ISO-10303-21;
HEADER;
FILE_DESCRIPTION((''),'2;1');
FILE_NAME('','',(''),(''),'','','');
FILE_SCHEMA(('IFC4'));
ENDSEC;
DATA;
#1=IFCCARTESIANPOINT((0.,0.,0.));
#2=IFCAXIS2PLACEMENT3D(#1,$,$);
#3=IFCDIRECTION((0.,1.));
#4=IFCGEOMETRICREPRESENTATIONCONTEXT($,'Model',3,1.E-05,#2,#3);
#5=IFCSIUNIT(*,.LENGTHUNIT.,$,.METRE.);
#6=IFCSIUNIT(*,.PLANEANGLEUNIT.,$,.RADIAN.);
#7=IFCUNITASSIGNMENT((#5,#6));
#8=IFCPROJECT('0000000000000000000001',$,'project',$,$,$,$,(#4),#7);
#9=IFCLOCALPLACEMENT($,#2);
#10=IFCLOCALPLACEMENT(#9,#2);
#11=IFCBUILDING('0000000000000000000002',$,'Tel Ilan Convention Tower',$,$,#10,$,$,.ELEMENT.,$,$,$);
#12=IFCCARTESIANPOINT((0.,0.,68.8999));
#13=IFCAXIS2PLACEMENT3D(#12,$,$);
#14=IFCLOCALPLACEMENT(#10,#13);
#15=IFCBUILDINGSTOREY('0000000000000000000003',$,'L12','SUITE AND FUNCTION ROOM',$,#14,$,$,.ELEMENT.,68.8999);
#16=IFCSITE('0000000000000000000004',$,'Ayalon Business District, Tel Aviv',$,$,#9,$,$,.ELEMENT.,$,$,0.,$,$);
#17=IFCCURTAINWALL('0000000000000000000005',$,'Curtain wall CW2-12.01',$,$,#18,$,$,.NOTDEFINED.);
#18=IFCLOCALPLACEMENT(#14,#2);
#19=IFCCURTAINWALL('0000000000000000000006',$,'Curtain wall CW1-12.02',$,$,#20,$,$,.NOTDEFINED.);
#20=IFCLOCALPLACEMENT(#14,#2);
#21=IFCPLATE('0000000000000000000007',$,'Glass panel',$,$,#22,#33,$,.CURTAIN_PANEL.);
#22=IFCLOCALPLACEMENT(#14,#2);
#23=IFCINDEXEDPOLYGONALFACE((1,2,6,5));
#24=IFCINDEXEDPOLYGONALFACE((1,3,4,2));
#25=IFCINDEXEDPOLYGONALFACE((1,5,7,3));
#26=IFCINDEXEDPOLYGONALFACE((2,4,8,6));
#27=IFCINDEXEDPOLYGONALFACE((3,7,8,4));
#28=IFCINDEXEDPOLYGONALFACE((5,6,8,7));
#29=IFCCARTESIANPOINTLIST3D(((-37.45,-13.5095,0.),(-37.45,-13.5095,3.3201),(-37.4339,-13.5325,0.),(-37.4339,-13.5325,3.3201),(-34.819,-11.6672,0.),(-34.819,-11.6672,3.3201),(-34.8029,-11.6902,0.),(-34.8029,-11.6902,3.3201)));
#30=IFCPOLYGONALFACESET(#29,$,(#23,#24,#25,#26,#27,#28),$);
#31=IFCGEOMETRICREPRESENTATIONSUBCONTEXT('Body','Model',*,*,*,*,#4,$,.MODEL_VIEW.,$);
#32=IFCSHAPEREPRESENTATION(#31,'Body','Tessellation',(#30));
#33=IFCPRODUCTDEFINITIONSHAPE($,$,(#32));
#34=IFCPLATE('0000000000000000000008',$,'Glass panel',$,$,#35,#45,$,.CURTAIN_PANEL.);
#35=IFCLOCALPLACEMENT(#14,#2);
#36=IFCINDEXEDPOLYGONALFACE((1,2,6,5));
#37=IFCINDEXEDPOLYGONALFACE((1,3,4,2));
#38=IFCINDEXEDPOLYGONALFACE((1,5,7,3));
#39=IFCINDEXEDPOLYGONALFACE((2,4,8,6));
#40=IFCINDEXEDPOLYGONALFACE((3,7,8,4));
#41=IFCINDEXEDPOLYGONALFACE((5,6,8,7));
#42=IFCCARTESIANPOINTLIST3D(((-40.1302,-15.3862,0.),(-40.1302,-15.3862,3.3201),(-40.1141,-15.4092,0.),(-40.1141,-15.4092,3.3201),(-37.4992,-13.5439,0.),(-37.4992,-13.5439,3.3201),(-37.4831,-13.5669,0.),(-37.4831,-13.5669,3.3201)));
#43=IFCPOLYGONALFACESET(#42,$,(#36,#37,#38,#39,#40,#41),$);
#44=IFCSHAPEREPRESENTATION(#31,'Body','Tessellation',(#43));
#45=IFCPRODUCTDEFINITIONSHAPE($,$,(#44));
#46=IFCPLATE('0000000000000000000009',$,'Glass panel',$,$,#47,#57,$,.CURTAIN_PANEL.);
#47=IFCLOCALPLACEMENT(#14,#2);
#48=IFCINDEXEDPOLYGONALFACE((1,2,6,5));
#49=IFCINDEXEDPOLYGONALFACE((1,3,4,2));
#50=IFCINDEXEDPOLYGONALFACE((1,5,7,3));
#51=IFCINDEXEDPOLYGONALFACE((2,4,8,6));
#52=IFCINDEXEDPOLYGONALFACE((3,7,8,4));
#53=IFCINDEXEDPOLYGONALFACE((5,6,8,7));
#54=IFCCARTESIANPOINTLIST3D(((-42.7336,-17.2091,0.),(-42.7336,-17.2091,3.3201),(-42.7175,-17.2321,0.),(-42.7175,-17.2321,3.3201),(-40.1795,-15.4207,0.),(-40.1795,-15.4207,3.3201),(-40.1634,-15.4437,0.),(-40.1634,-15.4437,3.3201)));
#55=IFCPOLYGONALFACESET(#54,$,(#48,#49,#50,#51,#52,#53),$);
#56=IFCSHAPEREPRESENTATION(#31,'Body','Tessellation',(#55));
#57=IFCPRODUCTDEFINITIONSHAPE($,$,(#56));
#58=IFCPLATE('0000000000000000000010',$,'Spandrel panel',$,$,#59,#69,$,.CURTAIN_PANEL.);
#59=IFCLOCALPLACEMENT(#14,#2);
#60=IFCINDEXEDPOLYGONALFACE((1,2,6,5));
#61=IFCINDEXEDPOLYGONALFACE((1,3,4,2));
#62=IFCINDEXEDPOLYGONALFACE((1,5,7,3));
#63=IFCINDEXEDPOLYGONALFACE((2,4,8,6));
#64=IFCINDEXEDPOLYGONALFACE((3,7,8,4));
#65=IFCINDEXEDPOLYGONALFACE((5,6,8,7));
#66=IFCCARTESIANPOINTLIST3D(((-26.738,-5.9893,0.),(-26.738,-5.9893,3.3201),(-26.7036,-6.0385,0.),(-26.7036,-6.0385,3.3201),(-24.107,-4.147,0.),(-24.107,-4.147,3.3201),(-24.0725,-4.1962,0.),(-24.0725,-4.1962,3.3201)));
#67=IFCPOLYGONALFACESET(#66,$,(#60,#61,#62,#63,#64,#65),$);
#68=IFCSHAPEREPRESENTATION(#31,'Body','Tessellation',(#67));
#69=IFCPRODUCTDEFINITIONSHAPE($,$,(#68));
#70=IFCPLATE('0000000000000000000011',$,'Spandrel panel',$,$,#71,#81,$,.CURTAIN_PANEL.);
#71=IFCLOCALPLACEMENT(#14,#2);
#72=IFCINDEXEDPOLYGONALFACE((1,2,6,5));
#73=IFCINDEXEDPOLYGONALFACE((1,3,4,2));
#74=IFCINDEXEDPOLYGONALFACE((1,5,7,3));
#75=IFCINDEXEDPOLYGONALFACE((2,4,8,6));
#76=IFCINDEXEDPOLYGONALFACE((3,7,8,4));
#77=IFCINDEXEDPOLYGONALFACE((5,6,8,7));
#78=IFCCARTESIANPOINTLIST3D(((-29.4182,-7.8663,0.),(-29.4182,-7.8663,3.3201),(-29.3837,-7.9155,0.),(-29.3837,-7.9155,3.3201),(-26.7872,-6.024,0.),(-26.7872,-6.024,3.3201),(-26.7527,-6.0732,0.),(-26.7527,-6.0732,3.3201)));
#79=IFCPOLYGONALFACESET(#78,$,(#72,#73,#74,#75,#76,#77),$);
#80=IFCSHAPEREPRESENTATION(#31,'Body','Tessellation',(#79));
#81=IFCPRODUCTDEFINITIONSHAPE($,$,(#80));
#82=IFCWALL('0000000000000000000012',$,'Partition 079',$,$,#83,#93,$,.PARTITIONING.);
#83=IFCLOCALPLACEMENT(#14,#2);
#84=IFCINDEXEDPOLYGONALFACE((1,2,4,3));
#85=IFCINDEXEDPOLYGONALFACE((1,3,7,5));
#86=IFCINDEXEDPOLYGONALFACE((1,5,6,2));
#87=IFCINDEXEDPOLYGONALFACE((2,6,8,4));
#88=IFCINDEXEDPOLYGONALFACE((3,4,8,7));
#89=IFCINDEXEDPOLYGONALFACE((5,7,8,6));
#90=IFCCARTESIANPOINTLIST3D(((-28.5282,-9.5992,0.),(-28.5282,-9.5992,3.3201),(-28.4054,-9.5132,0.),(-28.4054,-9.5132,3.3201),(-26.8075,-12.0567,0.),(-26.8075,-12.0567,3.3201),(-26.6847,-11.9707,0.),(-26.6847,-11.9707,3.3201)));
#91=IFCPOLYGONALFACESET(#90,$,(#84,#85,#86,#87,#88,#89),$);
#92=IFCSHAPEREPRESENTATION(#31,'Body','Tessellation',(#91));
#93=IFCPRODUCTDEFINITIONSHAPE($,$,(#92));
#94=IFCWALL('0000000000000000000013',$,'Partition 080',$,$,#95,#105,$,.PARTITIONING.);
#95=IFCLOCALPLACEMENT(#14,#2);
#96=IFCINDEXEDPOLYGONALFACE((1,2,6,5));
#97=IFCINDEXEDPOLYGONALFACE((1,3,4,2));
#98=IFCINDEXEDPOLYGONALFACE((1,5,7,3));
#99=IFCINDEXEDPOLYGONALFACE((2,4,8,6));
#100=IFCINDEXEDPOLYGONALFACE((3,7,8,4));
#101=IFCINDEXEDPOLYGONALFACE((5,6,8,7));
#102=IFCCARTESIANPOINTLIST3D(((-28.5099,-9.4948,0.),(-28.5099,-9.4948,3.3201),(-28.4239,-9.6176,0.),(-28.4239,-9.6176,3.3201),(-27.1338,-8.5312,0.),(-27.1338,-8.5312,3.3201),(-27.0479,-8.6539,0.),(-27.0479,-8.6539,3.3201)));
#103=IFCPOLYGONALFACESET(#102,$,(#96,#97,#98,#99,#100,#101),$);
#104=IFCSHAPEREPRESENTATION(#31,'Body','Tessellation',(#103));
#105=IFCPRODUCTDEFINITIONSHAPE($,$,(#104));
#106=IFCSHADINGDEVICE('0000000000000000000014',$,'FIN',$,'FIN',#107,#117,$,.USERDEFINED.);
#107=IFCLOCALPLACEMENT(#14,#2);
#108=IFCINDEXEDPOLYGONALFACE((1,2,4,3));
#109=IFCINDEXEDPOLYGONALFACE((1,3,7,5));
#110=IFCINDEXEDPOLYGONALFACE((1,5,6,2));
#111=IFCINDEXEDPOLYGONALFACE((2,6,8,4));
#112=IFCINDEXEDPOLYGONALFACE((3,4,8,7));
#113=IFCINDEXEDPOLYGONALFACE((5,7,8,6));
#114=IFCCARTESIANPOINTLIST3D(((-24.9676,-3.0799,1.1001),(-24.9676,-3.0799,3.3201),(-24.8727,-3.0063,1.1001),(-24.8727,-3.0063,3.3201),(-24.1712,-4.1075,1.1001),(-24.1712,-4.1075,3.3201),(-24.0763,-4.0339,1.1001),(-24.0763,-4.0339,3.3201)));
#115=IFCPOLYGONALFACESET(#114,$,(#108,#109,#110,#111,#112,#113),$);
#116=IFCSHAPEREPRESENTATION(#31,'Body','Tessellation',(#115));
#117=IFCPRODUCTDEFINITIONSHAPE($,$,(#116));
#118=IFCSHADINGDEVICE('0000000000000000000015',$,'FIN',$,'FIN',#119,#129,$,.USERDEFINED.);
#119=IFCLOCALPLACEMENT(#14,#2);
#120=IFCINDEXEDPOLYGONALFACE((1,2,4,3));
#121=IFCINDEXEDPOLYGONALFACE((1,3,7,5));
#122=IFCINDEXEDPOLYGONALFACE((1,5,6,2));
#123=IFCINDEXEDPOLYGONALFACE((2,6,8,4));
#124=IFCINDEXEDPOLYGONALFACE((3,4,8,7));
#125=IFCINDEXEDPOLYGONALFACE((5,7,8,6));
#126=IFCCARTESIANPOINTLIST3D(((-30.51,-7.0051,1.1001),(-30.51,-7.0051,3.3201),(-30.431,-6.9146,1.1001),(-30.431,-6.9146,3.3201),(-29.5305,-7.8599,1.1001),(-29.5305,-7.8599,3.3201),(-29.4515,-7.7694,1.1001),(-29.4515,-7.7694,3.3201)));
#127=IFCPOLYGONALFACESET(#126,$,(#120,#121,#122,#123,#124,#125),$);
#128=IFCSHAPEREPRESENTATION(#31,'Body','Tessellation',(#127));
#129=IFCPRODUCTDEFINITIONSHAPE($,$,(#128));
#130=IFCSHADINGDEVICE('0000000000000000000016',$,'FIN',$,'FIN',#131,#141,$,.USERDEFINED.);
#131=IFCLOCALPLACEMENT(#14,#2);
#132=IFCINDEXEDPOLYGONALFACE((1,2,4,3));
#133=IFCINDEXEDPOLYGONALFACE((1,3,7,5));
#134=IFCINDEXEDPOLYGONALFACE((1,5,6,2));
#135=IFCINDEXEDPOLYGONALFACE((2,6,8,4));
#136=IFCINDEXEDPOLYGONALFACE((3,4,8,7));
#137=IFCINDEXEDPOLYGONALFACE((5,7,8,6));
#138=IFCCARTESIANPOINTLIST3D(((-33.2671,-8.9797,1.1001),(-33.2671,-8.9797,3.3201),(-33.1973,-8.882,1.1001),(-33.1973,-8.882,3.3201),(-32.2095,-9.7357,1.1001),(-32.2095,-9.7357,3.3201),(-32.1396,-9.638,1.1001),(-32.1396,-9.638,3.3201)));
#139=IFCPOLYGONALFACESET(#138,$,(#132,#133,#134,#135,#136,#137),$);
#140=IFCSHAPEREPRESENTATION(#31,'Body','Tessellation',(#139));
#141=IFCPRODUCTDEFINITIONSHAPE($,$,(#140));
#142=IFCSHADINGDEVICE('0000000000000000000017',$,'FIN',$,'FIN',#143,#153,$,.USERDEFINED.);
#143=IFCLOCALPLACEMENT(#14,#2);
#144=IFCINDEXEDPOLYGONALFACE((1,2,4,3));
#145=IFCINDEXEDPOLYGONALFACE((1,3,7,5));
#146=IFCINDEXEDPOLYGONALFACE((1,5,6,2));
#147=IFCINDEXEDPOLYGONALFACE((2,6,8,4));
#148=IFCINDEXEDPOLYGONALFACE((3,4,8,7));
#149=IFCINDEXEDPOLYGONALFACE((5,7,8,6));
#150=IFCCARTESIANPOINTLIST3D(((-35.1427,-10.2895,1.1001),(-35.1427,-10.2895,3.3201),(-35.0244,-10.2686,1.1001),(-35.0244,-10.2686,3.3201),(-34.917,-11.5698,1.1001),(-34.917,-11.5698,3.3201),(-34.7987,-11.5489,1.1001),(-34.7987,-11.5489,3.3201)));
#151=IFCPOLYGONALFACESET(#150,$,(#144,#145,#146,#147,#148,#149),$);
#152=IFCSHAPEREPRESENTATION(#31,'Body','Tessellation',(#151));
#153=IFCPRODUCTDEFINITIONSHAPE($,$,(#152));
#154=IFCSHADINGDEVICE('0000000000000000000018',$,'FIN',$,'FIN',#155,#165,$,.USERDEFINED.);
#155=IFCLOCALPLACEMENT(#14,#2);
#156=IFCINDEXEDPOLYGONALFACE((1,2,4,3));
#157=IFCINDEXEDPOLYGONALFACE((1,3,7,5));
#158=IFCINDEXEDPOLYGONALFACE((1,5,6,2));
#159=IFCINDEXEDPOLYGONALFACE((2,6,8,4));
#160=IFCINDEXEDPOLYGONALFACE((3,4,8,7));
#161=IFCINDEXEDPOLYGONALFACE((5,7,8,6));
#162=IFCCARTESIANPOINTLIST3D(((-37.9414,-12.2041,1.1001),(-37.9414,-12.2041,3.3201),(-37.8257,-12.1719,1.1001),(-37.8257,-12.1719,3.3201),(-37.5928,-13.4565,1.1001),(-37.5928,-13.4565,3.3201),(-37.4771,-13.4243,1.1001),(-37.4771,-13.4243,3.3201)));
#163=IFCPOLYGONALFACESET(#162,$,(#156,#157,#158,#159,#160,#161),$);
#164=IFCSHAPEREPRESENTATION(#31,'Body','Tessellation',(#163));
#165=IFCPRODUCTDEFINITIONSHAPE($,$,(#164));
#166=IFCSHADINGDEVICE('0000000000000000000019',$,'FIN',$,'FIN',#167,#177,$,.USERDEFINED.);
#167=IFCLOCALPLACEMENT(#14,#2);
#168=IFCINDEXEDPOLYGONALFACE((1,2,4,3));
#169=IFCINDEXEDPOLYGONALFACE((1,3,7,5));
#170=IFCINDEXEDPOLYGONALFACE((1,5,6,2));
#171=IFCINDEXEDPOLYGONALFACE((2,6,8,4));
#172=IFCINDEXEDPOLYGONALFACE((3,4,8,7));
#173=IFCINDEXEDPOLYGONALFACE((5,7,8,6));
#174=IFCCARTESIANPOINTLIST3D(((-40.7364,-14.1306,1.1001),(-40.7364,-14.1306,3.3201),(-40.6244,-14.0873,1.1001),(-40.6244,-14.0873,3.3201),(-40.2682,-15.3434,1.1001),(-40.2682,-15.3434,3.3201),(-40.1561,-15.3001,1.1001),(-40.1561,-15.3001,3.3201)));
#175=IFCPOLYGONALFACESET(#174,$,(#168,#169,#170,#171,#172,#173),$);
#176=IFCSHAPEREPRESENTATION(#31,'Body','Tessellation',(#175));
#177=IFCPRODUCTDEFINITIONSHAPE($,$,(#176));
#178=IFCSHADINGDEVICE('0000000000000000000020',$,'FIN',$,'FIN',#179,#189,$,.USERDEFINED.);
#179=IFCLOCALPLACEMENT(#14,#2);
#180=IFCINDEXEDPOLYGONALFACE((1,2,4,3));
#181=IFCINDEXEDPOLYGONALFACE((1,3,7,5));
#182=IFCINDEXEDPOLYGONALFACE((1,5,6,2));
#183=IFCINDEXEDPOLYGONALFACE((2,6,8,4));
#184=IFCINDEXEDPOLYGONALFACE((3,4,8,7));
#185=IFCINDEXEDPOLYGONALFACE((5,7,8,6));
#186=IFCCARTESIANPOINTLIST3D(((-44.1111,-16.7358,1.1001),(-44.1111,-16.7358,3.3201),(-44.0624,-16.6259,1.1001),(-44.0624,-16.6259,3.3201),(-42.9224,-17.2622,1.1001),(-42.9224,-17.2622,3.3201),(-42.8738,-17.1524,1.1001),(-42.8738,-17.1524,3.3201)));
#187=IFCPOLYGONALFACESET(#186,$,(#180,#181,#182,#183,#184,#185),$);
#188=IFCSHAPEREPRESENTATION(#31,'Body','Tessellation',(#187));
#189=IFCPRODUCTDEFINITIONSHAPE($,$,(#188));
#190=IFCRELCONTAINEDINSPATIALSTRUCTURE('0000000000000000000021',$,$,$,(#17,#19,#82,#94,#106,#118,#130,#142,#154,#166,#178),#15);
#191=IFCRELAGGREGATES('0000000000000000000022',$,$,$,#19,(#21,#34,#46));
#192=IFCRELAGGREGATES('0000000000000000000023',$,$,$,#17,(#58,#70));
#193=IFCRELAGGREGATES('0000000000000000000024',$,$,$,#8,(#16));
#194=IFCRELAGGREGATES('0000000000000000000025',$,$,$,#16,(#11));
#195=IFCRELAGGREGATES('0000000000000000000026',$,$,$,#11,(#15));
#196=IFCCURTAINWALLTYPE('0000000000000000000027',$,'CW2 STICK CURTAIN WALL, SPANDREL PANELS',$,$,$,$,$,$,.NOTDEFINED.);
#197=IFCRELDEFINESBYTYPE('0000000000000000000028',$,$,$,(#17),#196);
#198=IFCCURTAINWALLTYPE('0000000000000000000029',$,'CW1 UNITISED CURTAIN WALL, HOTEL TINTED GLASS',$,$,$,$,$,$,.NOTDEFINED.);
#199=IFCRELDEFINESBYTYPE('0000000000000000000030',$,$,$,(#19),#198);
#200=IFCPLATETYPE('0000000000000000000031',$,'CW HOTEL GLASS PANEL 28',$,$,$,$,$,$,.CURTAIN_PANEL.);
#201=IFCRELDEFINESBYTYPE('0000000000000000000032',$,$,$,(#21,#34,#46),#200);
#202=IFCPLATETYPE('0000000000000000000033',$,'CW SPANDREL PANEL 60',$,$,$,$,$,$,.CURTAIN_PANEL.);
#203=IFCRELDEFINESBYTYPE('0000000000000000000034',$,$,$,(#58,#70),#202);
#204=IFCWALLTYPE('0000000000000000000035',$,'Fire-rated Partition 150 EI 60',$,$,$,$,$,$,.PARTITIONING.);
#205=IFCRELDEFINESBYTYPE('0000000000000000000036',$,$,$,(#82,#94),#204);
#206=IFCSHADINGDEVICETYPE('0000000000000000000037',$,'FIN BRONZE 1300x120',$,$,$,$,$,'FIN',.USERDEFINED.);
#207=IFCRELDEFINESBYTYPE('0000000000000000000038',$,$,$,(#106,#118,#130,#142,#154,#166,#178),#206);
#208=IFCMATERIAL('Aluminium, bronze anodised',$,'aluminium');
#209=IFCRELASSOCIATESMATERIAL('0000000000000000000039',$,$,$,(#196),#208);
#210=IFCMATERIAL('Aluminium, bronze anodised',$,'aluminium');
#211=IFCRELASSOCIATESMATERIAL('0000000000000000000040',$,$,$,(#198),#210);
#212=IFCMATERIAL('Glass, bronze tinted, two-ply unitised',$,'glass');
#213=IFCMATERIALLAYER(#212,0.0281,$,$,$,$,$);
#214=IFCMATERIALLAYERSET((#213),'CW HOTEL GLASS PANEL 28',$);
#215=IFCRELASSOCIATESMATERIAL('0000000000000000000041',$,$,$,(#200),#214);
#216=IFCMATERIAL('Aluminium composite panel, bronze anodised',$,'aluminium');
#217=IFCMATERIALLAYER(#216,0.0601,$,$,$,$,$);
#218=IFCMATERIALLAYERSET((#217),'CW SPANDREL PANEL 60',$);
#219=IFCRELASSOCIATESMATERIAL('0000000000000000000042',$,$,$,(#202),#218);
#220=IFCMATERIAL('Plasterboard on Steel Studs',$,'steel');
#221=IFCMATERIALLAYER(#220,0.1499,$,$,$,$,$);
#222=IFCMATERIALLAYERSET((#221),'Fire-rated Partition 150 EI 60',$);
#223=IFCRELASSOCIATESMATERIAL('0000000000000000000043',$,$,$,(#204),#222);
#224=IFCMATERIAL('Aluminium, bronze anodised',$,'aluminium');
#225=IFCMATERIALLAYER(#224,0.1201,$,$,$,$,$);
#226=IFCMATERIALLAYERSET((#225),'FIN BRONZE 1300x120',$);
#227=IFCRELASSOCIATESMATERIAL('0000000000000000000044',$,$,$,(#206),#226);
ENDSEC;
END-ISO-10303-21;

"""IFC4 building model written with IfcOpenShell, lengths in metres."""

from ifc_helpers import new_model, si_unit, direction, frame, frame_2d, origin, origin_2d, place, context, subcontext, project, spatial, rectangle, extrude, material, layer, layer_set, type_object, element, aggregate, save


model = new_model("IFC4")

# Units and contexts
model_context = context("Model", 3, precision=1e-05, world=origin(), true_north=direction((0.0, 1.0)))
body_context = subcontext(model_context, "Body", "Model", "MODEL_VIEW")
ifc_project = project(units=[si_unit("LENGTHUNIT", "METRE"), si_unit("PLANEANGLEUNIT", "RADIAN")], contexts=[model_context])

# Site, building, storey
site_placement = place(None, origin())
site = spatial("IfcSite", under=ifc_project, at=site_placement, Name="Ayalon Business District, Tel Aviv", CompositionType="ELEMENT", RefElevation=0.0)
building_placement = place(site_placement, origin())
building = spatial("IfcBuilding", under=site, at=building_placement, Name="Tel Ilan Convention Tower", CompositionType="ELEMENT")
storey_placement = place(building_placement, frame((0.0, 0.0, 68.8999)))
storey = spatial("IfcBuildingStorey", under=building, at=storey_placement, Name="L12", Description="SUITE AND FUNCTION ROOM", CompositionType="ELEMENT", Elevation=68.8999)

# Curtain wall
ifc_material_1 = material(Name="Aluminium, bronze anodised", Category="aluminium")
curtain_wall_type_1 = type_object("IfcCurtainWallType", Name="CW2 STICK CURTAIN WALL, SPANDREL PANELS", PredefinedType="NOTDEFINED", material=ifc_material_1)
curtain_wall_1_placement = place(storey_placement, origin())
curtain_wall_1 = element("IfcCurtainWall", 1, at=curtain_wall_1_placement, inside=storey, type_object=curtain_wall_type_1, Name="Curtain wall CW2-12.01", PredefinedType="NOTDEFINED")

# Curtain wall, plates
ifc_material_2 = material(Name="Aluminium, bronze anodised", Category="aluminium")
curtain_wall_type_2 = type_object("IfcCurtainWallType", Name="CW1 UNITISED CURTAIN WALL, HOTEL TINTED GLASS", PredefinedType="NOTDEFINED", material=ifc_material_2)
curtain_wall_2_placement = place(storey_placement, origin())
curtain_wall_2 = element("IfcCurtainWall", 2, at=curtain_wall_2_placement, inside=storey, type_object=curtain_wall_type_2, Name="Curtain wall CW1-12.02", PredefinedType="NOTDEFINED")
ifc_material_3 = material(Name="Glass, bronze tinted, two-ply unitised", Category="glass")
ifc_layer_1 = layer(ifc_material_3, 0.0281)
ifc_layer_set_1 = layer_set([ifc_layer_1], Name="CW HOTEL GLASS PANEL 28")
plate_type_1 = type_object("IfcPlateType", Name="CW HOTEL GLASS PANEL 28", PredefinedType="CURTAIN_PANEL", material=ifc_layer_set_1)
plate_1_placement = place(storey_placement, frame((-36.1265, -12.5999, 0.0), z_axis=(0.0, 0.0, 1.0), x_axis=(-0.819152, -0.573576, 0.0)))
plate_1 = element("IfcPlate", 3, at=plate_1_placement, type_object=plate_type_1, Name="Glass panel", PredefinedType="CURTAIN_PANEL", context=body_context, shape_type="SweptSolid", body=[
    extrude(rectangle(XDim=3.2119, YDim=0.0281, at=origin_2d()), origin(), (0.0, 0.0, 1.0), 3.3201),
])
plate_2_placement = place(storey_placement, frame((-38.8066, -14.4766, 0.0), z_axis=(0.0, 0.0, 1.0), x_axis=(-0.819152, -0.573576, 0.0)))
plate_2 = element("IfcPlate", 4, at=plate_2_placement, type_object=plate_type_1, Name="Glass panel", PredefinedType="CURTAIN_PANEL", context=body_context, shape_type="SweptSolid", body=[
    extrude(rectangle(XDim=3.2119, YDim=0.0281, at=origin_2d()), origin(), (0.0, 0.0, 1.0), 3.3201),
])
plate_3_placement = place(storey_placement, frame((-41.4485, -16.3264, 0.0), z_axis=(0.0, 0.0, 1.0), x_axis=(-0.819152, -0.573576, 0.0)))
plate_3 = element("IfcPlate", 5, at=plate_3_placement, type_object=plate_type_1, Name="Glass panel", PredefinedType="CURTAIN_PANEL", context=body_context, shape_type="SweptSolid", body=[
    extrude(rectangle(XDim=3.1179, YDim=0.0281, at=origin_2d()), origin(), (0.0, 0.0, 1.0), 3.3201),
])
aggregate(curtain_wall_2, [plate_1, plate_2, plate_3])

# Plates
ifc_material_4 = material(Name="Aluminium composite panel, bronze anodised", Category="aluminium")
ifc_layer_2 = layer(ifc_material_4, 0.0601)
ifc_layer_set_2 = layer_set([ifc_layer_2], Name="CW SPANDREL PANEL 60")
plate_type_2 = type_object("IfcPlateType", Name="CW SPANDREL PANEL 60", PredefinedType="CURTAIN_PANEL", material=ifc_layer_set_2)
plate_4_placement = place(storey_placement, frame((-25.4053, -5.0928, 0.0), z_axis=(0.0, 0.0, 1.0), x_axis=(-0.819152, -0.573576, 0.0)))
plate_4 = element("IfcPlate", 6, at=plate_4_placement, type_object=plate_type_2, Name="Spandrel panel", PredefinedType="CURTAIN_PANEL", context=body_context, shape_type="SweptSolid", body=[
    extrude(rectangle(XDim=3.2119, YDim=0.0601, at=origin_2d()), origin(), (0.0, 0.0, 1.0), 3.3201),
])
plate_5_placement = place(storey_placement, frame((-28.0854, -6.9697, 0.0), z_axis=(0.0, 0.0, 1.0), x_axis=(-0.819152, -0.573576, 0.0)))
plate_5 = element("IfcPlate", 7, at=plate_5_placement, type_object=plate_type_2, Name="Spandrel panel", PredefinedType="CURTAIN_PANEL", context=body_context, shape_type="SweptSolid", body=[
    extrude(rectangle(XDim=3.2119, YDim=0.0601, at=origin_2d()), origin(), (0.0, 0.0, 1.0), 3.3201),
])
aggregate(curtain_wall_1, [plate_4, plate_5])

# Walls
ifc_material_5 = material(Name="Plasterboard on Steel Studs", Category="steel")
ifc_layer_3 = layer(ifc_material_5, 0.1499)
ifc_layer_set_3 = layer_set([ifc_layer_3], Name="Fire-rated Partition 150 EI 60")
wall_type = type_object("IfcWallType", Name="Fire-rated Partition 150 EI 60", PredefinedType="PARTITIONING", material=ifc_layer_set_3)
wall_1_placement = place(storey_placement, frame((-26.7461, -12.0137, 0.0), z_axis=(0.0, 0.0, 1.0), x_axis=(-0.573561, 0.819163, 0.0)))
element("IfcWall", 8, at=wall_1_placement, inside=storey, type_object=wall_type, Name="Partition 079", PredefinedType="PARTITIONING", context=body_context, shape_type="SweptSolid", body=[
    extrude(rectangle(XDim=3.0, YDim=0.1499, at=frame_2d((1.5, 0.0))), origin(), (0.0, 0.0, 1.0), 3.3201),
])
wall_2_placement = place(storey_placement, frame((-28.4668, -9.5562, 0.0), z_axis=(0.0, 0.0, 1.0), x_axis=(0.819109, 0.573638, 0.0)))
element("IfcWall", 9, at=wall_2_placement, inside=storey, type_object=wall_type, Name="Partition 080", PredefinedType="PARTITIONING", context=body_context, shape_type="SweptSolid", body=[
    extrude(rectangle(XDim=1.6799, YDim=0.1499, at=frame_2d((0.8398, 0.0))), origin(), (0.0, 0.0, 1.0), 3.3201),
])

# Shading devices
ifc_material_6 = material(Name="Aluminium, bronze anodised", Category="aluminium")
ifc_layer_4 = layer(ifc_material_6, 0.1201)
ifc_layer_set_4 = layer_set([ifc_layer_4], Name="FIN BRONZE 1300x120")
shading_device_type = type_object("IfcShadingDeviceType", Name="FIN BRONZE 1300x120", ElementType="FIN", PredefinedType="USERDEFINED", material=ifc_layer_set_4)
for number, where, z_axis, x_axis, name in (
    (10, (-24.522, -3.5569, 1.1001), (0.0, 0.0, 1.0), (-0.612601, 0.790393, 0.0), "FIN"),
    (11, (-29.9807, -7.3872, 1.1001), (0.0, 0.0, 1.0), (-0.753436, 0.657521, 0.0), "FIN"),
    (12, (-32.7034, -9.3088, 1.1001), (0.0, 0.0, 1.0), (-0.813552, 0.581492, 0.0), "FIN"),
    (13, (-34.9707, -10.9192, 1.1001), (0.0, 0.0, 1.0), (-0.173648, 0.984808, 0.0), "FIN"),
    (14, (-37.7092, -12.8142, 1.1001), (0.0, 0.0, 1.0), (-0.268173, 0.963371, 0.0), "FIN"),
    (15, (-40.4463, -14.7153, 1.1001), (0.0, 0.0, 1.0), (-0.360178, 0.932884, 0.0), "FIN"),
    (16, (-43.4924, -16.9441, 1.1001), (0.0, 0.0, 1.0), (-0.914333, 0.404964, 0.0), "FIN"),
):
    element("IfcShadingDevice", number, at=place(storey_placement, frame(where, z_axis=z_axis, x_axis=x_axis)), inside=storey, type_object=shading_device_type, Name=name, ObjectType="FIN", PredefinedType="USERDEFINED", context=body_context, shape_type="SweptSolid", body=[
        extrude(rectangle(XDim=1.3, YDim=0.1201, at=origin_2d()), origin(), (0.0, 0.0, 1.0), 2.22),
    ])

save(model, "model.ifc")
